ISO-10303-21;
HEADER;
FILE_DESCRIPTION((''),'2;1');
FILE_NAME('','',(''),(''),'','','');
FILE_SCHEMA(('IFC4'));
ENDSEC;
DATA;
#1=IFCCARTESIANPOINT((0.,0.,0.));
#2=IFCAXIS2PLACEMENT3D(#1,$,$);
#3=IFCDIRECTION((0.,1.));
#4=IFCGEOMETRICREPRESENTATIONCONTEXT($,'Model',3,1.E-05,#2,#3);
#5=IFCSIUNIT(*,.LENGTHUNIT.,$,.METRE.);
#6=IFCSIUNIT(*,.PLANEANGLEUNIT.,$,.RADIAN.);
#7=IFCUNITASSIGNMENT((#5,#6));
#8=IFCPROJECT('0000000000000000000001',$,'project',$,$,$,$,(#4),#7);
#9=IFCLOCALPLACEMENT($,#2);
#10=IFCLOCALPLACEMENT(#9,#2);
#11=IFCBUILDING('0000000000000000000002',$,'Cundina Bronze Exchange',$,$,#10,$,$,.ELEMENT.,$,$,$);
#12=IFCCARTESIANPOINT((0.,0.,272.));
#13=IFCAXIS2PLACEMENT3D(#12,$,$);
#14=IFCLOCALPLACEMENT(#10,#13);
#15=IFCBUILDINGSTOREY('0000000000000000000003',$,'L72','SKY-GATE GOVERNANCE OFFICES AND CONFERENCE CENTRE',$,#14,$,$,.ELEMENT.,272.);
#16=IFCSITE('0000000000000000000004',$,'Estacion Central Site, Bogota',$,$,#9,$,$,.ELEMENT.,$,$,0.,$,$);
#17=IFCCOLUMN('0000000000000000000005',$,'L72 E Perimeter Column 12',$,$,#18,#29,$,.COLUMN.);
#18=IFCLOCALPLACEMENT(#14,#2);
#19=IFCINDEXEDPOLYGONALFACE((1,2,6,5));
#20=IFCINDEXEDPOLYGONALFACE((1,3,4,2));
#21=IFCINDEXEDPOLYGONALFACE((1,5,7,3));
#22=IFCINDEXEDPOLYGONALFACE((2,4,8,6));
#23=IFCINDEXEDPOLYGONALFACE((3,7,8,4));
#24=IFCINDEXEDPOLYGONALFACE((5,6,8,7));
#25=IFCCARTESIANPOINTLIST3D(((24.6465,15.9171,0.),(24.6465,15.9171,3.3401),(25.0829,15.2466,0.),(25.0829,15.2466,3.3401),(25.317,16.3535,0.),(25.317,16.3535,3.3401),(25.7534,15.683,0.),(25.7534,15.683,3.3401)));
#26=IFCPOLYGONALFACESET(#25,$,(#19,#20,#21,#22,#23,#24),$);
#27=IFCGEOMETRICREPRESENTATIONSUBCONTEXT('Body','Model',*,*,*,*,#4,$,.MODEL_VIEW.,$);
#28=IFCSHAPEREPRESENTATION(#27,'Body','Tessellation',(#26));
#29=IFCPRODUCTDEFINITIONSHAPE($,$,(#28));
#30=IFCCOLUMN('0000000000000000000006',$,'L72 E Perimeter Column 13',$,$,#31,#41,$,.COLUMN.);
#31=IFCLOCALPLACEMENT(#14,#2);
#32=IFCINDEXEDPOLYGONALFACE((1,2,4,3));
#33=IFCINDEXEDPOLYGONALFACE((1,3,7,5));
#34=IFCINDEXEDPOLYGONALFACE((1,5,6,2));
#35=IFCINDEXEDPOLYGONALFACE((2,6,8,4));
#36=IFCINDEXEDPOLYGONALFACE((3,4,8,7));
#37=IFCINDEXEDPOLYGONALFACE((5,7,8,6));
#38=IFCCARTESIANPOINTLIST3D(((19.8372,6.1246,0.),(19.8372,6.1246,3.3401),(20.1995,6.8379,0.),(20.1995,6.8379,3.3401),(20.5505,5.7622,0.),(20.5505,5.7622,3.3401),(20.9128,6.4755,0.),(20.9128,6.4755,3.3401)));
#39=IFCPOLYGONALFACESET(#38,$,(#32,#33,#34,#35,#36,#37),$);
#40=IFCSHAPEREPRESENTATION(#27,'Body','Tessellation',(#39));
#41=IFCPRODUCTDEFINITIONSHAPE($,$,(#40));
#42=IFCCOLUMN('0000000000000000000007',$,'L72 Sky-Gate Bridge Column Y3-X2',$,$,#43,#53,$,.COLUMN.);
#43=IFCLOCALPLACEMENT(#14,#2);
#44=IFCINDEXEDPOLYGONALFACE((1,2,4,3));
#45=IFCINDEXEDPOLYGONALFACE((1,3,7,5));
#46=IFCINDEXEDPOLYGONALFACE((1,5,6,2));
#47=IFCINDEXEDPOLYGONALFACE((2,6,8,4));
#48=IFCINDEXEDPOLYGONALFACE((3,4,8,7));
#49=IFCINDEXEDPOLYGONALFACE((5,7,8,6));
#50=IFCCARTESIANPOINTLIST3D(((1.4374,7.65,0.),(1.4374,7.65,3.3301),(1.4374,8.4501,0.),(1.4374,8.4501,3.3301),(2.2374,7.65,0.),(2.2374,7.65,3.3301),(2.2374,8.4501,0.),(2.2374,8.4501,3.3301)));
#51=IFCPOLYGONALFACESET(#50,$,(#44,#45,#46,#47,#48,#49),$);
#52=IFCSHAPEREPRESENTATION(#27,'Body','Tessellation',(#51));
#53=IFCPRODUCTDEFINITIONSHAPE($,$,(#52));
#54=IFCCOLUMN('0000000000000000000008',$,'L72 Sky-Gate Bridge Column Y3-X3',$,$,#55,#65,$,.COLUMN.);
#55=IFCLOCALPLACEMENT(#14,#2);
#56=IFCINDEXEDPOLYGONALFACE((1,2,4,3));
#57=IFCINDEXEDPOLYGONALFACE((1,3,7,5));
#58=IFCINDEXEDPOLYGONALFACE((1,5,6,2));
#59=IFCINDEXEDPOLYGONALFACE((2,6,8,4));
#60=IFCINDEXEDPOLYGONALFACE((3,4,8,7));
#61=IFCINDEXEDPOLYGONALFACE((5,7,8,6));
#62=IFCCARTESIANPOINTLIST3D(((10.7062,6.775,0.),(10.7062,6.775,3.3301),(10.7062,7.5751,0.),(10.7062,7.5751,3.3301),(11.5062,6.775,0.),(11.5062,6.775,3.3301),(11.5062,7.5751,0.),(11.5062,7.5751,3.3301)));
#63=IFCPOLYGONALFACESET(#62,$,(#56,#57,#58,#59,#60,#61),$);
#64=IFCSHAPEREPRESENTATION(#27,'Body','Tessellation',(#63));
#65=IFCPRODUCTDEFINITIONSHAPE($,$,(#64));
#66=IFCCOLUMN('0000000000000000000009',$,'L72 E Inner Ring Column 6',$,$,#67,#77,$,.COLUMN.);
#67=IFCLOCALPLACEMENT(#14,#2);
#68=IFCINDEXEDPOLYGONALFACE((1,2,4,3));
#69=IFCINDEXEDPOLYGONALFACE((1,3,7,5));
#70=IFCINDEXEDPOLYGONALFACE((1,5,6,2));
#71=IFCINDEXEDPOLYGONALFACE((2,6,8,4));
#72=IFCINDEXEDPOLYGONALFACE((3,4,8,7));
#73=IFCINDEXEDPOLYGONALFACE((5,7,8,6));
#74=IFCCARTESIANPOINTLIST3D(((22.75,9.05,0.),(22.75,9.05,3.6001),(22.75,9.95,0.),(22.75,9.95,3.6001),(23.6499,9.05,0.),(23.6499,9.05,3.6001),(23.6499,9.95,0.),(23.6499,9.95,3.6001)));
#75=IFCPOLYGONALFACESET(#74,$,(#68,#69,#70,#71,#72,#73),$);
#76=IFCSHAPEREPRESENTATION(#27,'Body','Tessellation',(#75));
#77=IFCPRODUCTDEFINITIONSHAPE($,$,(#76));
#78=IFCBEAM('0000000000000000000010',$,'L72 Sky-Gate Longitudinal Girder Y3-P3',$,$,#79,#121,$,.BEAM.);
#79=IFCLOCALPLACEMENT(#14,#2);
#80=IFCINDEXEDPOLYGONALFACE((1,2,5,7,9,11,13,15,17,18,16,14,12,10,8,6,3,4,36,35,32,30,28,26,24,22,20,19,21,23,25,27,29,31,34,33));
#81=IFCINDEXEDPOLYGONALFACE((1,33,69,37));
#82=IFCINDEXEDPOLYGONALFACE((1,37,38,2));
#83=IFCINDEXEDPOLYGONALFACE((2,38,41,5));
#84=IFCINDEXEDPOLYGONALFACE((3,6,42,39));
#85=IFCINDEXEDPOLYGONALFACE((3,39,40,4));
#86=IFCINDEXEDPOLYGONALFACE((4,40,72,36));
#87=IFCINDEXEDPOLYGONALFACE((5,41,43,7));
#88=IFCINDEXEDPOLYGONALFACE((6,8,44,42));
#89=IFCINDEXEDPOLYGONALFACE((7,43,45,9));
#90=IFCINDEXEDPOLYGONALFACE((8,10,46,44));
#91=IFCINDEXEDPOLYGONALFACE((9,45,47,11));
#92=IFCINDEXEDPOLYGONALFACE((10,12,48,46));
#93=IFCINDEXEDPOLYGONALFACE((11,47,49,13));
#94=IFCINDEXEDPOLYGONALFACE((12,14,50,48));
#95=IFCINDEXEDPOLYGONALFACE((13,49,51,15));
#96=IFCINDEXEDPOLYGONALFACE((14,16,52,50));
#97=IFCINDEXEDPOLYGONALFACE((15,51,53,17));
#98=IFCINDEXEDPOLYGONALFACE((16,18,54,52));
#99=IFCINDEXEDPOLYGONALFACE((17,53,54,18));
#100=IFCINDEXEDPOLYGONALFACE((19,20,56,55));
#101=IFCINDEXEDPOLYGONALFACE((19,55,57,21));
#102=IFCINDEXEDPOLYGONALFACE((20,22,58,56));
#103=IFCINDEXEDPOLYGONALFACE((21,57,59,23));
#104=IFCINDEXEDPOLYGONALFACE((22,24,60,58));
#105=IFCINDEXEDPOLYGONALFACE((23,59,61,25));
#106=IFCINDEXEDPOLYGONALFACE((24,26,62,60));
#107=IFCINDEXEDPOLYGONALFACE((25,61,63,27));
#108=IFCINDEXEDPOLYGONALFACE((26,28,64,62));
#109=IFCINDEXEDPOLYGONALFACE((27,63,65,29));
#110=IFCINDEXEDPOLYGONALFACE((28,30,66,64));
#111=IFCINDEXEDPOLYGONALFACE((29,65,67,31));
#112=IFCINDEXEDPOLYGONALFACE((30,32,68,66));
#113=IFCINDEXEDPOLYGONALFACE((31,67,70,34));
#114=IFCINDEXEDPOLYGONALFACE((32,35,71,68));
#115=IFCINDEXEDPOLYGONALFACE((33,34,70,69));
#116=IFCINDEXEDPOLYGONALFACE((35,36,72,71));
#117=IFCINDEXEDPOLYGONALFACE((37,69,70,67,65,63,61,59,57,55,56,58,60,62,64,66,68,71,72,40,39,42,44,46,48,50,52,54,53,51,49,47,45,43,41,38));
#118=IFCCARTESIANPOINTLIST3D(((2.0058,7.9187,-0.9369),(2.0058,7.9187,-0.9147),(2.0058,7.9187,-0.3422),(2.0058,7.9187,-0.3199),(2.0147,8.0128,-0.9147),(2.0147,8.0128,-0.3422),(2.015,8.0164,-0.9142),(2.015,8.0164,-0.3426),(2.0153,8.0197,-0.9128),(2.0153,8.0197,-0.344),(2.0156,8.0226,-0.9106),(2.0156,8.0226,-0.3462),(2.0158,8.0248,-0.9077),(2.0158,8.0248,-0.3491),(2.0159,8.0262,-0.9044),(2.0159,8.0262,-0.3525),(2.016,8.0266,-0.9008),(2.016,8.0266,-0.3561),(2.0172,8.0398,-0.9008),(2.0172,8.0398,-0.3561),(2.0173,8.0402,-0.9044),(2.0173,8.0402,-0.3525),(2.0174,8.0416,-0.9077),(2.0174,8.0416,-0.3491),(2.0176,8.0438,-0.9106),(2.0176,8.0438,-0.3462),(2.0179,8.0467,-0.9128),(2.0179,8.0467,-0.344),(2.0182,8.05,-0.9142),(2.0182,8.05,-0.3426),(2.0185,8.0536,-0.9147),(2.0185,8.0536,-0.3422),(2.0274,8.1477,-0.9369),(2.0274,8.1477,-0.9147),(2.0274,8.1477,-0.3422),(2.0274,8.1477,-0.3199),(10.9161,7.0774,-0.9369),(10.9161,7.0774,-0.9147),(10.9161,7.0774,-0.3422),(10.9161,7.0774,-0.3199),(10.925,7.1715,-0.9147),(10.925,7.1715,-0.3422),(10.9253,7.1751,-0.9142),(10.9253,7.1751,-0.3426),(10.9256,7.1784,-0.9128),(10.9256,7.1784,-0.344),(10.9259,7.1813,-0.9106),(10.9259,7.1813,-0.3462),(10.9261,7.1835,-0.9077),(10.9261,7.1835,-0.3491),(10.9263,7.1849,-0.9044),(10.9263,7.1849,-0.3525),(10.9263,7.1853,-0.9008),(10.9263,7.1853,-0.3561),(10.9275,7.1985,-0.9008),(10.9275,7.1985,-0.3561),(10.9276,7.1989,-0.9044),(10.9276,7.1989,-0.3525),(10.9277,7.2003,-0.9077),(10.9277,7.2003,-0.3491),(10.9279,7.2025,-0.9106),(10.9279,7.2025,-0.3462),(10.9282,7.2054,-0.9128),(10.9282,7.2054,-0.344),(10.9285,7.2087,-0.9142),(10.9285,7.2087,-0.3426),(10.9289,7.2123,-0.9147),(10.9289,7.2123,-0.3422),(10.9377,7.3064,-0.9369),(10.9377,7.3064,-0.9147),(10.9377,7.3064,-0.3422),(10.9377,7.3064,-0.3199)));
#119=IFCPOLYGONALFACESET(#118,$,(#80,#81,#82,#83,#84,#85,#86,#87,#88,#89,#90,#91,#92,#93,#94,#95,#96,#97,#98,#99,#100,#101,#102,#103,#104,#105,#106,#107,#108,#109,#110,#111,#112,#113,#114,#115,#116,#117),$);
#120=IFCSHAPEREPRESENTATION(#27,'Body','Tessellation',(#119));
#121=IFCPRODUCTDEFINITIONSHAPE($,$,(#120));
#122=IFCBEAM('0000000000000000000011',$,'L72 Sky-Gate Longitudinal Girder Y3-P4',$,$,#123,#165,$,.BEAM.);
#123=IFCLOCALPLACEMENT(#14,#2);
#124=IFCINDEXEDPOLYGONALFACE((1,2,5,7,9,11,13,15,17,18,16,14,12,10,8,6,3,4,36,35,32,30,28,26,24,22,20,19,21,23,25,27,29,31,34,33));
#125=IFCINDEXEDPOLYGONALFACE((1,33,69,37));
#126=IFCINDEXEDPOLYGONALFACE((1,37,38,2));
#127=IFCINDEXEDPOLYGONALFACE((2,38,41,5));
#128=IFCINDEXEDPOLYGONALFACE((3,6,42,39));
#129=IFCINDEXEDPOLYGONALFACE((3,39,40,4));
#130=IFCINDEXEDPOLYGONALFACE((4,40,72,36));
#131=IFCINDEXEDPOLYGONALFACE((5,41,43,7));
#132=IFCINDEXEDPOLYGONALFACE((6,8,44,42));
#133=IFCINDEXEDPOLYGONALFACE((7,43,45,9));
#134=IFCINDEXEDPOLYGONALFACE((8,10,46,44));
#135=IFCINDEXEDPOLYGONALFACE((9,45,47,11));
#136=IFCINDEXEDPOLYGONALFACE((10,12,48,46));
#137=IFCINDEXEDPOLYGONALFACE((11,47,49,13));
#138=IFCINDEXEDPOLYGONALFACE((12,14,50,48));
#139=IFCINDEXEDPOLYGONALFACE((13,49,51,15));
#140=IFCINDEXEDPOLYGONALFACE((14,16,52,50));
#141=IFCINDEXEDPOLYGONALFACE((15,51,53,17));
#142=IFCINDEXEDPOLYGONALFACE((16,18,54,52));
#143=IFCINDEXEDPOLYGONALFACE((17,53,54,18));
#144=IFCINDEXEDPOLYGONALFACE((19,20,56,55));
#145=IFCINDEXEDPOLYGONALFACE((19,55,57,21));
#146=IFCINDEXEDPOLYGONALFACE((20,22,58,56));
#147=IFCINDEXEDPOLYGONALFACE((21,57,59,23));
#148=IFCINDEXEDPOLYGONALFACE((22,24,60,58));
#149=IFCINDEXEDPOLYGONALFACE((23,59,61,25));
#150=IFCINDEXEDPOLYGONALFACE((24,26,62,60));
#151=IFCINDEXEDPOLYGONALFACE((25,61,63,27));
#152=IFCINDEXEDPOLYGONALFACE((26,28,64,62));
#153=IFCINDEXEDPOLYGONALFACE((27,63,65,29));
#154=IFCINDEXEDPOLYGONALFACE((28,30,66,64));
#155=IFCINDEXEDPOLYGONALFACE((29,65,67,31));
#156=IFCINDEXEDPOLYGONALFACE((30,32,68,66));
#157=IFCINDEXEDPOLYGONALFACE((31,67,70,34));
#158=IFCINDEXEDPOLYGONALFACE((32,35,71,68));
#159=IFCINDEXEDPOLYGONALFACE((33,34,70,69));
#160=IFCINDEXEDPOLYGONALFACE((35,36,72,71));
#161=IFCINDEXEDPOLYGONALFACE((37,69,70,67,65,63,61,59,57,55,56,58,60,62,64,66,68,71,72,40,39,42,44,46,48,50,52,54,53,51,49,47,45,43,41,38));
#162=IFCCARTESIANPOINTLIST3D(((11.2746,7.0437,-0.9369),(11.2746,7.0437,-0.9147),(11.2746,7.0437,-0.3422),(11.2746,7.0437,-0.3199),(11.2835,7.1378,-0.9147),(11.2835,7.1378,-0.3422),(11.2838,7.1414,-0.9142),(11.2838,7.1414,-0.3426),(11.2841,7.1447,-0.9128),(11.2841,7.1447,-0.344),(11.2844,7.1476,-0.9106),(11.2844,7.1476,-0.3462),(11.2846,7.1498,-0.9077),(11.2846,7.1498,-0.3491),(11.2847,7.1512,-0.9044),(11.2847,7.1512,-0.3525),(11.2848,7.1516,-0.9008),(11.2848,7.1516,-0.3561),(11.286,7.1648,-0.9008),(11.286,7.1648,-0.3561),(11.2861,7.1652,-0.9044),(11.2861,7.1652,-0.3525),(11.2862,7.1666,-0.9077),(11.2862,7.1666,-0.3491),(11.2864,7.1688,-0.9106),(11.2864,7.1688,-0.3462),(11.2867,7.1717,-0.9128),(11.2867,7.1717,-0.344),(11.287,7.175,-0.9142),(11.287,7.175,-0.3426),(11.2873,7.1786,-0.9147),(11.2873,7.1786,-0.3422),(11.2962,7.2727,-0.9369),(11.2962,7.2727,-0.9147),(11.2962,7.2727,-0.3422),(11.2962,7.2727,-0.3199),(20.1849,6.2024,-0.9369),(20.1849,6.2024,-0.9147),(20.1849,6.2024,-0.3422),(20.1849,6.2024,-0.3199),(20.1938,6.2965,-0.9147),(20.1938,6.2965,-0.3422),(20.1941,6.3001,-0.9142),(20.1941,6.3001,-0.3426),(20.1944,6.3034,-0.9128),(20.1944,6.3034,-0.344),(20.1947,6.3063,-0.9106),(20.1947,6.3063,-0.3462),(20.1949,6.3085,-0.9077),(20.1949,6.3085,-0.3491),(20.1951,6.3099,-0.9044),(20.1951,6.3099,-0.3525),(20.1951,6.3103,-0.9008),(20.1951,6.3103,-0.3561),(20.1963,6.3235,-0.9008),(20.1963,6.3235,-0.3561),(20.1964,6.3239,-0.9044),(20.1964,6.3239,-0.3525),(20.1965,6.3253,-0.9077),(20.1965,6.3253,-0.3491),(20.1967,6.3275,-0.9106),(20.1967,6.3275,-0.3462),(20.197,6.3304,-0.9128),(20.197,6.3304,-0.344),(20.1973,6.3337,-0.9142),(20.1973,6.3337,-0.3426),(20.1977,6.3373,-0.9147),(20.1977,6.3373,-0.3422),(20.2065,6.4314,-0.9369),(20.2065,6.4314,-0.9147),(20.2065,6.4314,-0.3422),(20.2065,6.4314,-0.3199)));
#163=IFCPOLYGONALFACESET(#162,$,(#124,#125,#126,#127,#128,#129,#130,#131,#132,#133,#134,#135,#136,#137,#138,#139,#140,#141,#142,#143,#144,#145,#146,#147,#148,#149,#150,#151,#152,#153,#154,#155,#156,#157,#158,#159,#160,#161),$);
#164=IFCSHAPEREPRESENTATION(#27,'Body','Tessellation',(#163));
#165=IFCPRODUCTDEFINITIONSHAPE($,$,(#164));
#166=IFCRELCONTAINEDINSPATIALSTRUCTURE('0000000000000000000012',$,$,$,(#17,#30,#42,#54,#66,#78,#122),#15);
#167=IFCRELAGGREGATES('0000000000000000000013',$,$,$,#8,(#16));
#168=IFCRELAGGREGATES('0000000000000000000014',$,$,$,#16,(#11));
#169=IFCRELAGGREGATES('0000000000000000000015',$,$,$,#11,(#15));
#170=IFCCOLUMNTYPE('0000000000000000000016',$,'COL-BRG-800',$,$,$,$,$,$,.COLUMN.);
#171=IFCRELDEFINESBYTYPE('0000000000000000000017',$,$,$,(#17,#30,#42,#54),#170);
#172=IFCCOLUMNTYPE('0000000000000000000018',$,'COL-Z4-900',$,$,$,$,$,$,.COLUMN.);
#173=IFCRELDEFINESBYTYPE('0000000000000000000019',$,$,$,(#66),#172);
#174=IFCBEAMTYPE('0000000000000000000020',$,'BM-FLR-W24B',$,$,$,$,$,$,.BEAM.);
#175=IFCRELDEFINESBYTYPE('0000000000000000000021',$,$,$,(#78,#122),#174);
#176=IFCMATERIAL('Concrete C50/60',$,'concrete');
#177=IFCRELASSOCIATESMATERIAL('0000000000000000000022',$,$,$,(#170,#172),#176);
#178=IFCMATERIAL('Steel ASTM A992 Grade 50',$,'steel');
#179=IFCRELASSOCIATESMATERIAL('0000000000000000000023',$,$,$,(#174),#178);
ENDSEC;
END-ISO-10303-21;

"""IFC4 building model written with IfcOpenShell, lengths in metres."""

from ifc_helpers import new_model, si_unit, direction, frame, origin, origin_2d, place, context, subcontext, project, spatial, rectangle, i_section, extrude, material, material_profile, profile_set, type_object, element, save


model = new_model("IFC4")

# Units and contexts
model_context = context("Model", 3, precision=1e-05, world=origin(), true_north=direction((0.0, 1.0)))
body_context = subcontext(model_context, "Body", "Model", "MODEL_VIEW")
ifc_project = project(units=[si_unit("LENGTHUNIT", "METRE"), si_unit("PLANEANGLEUNIT", "RADIAN")], contexts=[model_context])

# Site, building, storey
site_placement = place(None, origin())
site = spatial("IfcSite", under=ifc_project, at=site_placement, Name="Estacion Central Site, Bogota", CompositionType="ELEMENT", RefElevation=0.0)
building_placement = place(site_placement, origin())
building = spatial("IfcBuilding", under=site, at=building_placement, Name="Cundina Bronze Exchange", CompositionType="ELEMENT")
storey_placement = place(building_placement, frame((0.0, 0.0, 272.0)))
storey = spatial("IfcBuildingStorey", under=building, at=storey_placement, Name="L72", Description="SKY-GATE GOVERNANCE OFFICES AND CONFERENCE CENTRE", CompositionType="ELEMENT", Elevation=272.0)

# Columns
ifc_material_1 = material(Name="Concrete C50/60", Category="concrete")
ifc_material_profile_1 = material_profile(ifc_material_1, rectangle(XDim=0.8, YDim=0.8, at=origin_2d()), Name="RC800X800", Category="concrete")
ifc_profile_set_1 = profile_set([ifc_material_profile_1], Name="Concrete C50/60")
column_type_1 = type_object("IfcColumnType", Name="COL-BRG-800", PredefinedType="COLUMN", material=ifc_profile_set_1)
for number, where, z_axis, x_axis, name in (
    (1, (25.2, 15.8, 0.0), (0.0, 0.0, 1.0), (-0.8381, -0.545517, 0.0), "L72 E Perimeter Column 12"),
    (2, (20.375, 6.3, 0.0), (0.0, 0.0, 1.0), (-0.452902, -0.891561, 0.0), "L72 E Perimeter Column 13"),
):
    element("IfcColumn", number, at=place(storey_placement, frame(where, z_axis=z_axis, x_axis=x_axis)), inside=storey, type_object=column_type_1, Name=name, PredefinedType="COLUMN", context=body_context, shape_type="SweptSolid", body=[
        extrude(rectangle(XDim=0.8, YDim=0.8, at=origin_2d()), origin(), (0.0, 0.0, 1.0), 3.3401),
    ])
for number, where, z_axis, x_axis, name in (
    (3, (1.8374, 8.05, 0.0), (0.0, 0.0, 1.0), (1.0, 0.0, 0.0), "L72 Sky-Gate Bridge Column Y3-X2"),
    (4, (11.1062, 7.175, 0.0), (0.0, 0.0, 1.0), (1.0, 0.0, 0.0), "L72 Sky-Gate Bridge Column Y3-X3"),
):
    element("IfcColumn", number, at=place(storey_placement, frame(where, z_axis=z_axis, x_axis=x_axis)), inside=storey, type_object=column_type_1, Name=name, PredefinedType="COLUMN", context=body_context, shape_type="SweptSolid", body=[
        extrude(rectangle(XDim=0.8, YDim=0.8, at=origin_2d()), origin(), (0.0, 0.0, 1.0), 3.3301),
    ])
ifc_material_profile_2 = material_profile(ifc_material_1, rectangle(XDim=0.8999, YDim=0.8999, at=origin_2d()), Name="RC900X900", Category="concrete")
ifc_profile_set_2 = profile_set([ifc_material_profile_2], Name="Concrete C50/60")
column_type_2 = type_object("IfcColumnType", Name="COL-Z4-900", PredefinedType="COLUMN", material=ifc_profile_set_2)
column_placement = place(storey_placement, frame((23.2, 9.5, 0.0), z_axis=(0.0, 0.0, 1.0), x_axis=(1.0, 0.0, 0.0)))
element("IfcColumn", 5, at=column_placement, inside=storey, type_object=column_type_2, Name="L72 E Inner Ring Column 6", PredefinedType="COLUMN", context=body_context, shape_type="SweptSolid", body=[
    extrude(rectangle(XDim=0.8999, YDim=0.8999, at=origin_2d()), origin(), (0.0, 0.0, 1.0), 3.6001),
])

# Beams
ifc_material_2 = material(Name="Steel ASTM A992 Grade 50", Category="steel")
ifc_material_profile_3 = material_profile(ifc_material_2, i_section(OverallWidth=0.23, OverallDepth=0.6169, WebThickness=0.0132, FlangeThickness=0.0222, FilletRadius=0.0139, at=origin_2d()), Name="W24X94", Category="steel")
ifc_profile_set_3 = profile_set([ifc_material_profile_3], Name="Steel ASTM A992 Grade 50")
beam_type_1 = type_object("IfcBeamType", Name="BM-FLR-W24B", PredefinedType="BEAM", material=ifc_profile_set_3)
for number, where, z_axis, x_axis, name in (
    (6, (2.0166, 8.0332, -0.6284), (0.995572, -0.094001, 0.0), (0.094001, 0.995572, 0.0), "L72 Sky-Gate Longitudinal Girder Y3-P3"),
    (7, (11.2854, 7.1582, -0.6284), (0.995572, -0.094001, 0.0), (0.094001, 0.995572, 0.0), "L72 Sky-Gate Longitudinal Girder Y3-P4"),
):
    element("IfcBeam", number, at=place(storey_placement, frame(where, z_axis=z_axis, x_axis=x_axis)), inside=storey, type_object=beam_type_1, Name=name, PredefinedType="BEAM", context=body_context, shape_type="SweptSolid", body=[
        extrude(i_section(OverallWidth=0.23, OverallDepth=0.6169, WebThickness=0.0132, FlangeThickness=0.0222, FilletRadius=0.0139, at=origin_2d()), origin(), (0.0, 0.0, 1.0), 8.95),
    ])

save(model, "model.ifc")
